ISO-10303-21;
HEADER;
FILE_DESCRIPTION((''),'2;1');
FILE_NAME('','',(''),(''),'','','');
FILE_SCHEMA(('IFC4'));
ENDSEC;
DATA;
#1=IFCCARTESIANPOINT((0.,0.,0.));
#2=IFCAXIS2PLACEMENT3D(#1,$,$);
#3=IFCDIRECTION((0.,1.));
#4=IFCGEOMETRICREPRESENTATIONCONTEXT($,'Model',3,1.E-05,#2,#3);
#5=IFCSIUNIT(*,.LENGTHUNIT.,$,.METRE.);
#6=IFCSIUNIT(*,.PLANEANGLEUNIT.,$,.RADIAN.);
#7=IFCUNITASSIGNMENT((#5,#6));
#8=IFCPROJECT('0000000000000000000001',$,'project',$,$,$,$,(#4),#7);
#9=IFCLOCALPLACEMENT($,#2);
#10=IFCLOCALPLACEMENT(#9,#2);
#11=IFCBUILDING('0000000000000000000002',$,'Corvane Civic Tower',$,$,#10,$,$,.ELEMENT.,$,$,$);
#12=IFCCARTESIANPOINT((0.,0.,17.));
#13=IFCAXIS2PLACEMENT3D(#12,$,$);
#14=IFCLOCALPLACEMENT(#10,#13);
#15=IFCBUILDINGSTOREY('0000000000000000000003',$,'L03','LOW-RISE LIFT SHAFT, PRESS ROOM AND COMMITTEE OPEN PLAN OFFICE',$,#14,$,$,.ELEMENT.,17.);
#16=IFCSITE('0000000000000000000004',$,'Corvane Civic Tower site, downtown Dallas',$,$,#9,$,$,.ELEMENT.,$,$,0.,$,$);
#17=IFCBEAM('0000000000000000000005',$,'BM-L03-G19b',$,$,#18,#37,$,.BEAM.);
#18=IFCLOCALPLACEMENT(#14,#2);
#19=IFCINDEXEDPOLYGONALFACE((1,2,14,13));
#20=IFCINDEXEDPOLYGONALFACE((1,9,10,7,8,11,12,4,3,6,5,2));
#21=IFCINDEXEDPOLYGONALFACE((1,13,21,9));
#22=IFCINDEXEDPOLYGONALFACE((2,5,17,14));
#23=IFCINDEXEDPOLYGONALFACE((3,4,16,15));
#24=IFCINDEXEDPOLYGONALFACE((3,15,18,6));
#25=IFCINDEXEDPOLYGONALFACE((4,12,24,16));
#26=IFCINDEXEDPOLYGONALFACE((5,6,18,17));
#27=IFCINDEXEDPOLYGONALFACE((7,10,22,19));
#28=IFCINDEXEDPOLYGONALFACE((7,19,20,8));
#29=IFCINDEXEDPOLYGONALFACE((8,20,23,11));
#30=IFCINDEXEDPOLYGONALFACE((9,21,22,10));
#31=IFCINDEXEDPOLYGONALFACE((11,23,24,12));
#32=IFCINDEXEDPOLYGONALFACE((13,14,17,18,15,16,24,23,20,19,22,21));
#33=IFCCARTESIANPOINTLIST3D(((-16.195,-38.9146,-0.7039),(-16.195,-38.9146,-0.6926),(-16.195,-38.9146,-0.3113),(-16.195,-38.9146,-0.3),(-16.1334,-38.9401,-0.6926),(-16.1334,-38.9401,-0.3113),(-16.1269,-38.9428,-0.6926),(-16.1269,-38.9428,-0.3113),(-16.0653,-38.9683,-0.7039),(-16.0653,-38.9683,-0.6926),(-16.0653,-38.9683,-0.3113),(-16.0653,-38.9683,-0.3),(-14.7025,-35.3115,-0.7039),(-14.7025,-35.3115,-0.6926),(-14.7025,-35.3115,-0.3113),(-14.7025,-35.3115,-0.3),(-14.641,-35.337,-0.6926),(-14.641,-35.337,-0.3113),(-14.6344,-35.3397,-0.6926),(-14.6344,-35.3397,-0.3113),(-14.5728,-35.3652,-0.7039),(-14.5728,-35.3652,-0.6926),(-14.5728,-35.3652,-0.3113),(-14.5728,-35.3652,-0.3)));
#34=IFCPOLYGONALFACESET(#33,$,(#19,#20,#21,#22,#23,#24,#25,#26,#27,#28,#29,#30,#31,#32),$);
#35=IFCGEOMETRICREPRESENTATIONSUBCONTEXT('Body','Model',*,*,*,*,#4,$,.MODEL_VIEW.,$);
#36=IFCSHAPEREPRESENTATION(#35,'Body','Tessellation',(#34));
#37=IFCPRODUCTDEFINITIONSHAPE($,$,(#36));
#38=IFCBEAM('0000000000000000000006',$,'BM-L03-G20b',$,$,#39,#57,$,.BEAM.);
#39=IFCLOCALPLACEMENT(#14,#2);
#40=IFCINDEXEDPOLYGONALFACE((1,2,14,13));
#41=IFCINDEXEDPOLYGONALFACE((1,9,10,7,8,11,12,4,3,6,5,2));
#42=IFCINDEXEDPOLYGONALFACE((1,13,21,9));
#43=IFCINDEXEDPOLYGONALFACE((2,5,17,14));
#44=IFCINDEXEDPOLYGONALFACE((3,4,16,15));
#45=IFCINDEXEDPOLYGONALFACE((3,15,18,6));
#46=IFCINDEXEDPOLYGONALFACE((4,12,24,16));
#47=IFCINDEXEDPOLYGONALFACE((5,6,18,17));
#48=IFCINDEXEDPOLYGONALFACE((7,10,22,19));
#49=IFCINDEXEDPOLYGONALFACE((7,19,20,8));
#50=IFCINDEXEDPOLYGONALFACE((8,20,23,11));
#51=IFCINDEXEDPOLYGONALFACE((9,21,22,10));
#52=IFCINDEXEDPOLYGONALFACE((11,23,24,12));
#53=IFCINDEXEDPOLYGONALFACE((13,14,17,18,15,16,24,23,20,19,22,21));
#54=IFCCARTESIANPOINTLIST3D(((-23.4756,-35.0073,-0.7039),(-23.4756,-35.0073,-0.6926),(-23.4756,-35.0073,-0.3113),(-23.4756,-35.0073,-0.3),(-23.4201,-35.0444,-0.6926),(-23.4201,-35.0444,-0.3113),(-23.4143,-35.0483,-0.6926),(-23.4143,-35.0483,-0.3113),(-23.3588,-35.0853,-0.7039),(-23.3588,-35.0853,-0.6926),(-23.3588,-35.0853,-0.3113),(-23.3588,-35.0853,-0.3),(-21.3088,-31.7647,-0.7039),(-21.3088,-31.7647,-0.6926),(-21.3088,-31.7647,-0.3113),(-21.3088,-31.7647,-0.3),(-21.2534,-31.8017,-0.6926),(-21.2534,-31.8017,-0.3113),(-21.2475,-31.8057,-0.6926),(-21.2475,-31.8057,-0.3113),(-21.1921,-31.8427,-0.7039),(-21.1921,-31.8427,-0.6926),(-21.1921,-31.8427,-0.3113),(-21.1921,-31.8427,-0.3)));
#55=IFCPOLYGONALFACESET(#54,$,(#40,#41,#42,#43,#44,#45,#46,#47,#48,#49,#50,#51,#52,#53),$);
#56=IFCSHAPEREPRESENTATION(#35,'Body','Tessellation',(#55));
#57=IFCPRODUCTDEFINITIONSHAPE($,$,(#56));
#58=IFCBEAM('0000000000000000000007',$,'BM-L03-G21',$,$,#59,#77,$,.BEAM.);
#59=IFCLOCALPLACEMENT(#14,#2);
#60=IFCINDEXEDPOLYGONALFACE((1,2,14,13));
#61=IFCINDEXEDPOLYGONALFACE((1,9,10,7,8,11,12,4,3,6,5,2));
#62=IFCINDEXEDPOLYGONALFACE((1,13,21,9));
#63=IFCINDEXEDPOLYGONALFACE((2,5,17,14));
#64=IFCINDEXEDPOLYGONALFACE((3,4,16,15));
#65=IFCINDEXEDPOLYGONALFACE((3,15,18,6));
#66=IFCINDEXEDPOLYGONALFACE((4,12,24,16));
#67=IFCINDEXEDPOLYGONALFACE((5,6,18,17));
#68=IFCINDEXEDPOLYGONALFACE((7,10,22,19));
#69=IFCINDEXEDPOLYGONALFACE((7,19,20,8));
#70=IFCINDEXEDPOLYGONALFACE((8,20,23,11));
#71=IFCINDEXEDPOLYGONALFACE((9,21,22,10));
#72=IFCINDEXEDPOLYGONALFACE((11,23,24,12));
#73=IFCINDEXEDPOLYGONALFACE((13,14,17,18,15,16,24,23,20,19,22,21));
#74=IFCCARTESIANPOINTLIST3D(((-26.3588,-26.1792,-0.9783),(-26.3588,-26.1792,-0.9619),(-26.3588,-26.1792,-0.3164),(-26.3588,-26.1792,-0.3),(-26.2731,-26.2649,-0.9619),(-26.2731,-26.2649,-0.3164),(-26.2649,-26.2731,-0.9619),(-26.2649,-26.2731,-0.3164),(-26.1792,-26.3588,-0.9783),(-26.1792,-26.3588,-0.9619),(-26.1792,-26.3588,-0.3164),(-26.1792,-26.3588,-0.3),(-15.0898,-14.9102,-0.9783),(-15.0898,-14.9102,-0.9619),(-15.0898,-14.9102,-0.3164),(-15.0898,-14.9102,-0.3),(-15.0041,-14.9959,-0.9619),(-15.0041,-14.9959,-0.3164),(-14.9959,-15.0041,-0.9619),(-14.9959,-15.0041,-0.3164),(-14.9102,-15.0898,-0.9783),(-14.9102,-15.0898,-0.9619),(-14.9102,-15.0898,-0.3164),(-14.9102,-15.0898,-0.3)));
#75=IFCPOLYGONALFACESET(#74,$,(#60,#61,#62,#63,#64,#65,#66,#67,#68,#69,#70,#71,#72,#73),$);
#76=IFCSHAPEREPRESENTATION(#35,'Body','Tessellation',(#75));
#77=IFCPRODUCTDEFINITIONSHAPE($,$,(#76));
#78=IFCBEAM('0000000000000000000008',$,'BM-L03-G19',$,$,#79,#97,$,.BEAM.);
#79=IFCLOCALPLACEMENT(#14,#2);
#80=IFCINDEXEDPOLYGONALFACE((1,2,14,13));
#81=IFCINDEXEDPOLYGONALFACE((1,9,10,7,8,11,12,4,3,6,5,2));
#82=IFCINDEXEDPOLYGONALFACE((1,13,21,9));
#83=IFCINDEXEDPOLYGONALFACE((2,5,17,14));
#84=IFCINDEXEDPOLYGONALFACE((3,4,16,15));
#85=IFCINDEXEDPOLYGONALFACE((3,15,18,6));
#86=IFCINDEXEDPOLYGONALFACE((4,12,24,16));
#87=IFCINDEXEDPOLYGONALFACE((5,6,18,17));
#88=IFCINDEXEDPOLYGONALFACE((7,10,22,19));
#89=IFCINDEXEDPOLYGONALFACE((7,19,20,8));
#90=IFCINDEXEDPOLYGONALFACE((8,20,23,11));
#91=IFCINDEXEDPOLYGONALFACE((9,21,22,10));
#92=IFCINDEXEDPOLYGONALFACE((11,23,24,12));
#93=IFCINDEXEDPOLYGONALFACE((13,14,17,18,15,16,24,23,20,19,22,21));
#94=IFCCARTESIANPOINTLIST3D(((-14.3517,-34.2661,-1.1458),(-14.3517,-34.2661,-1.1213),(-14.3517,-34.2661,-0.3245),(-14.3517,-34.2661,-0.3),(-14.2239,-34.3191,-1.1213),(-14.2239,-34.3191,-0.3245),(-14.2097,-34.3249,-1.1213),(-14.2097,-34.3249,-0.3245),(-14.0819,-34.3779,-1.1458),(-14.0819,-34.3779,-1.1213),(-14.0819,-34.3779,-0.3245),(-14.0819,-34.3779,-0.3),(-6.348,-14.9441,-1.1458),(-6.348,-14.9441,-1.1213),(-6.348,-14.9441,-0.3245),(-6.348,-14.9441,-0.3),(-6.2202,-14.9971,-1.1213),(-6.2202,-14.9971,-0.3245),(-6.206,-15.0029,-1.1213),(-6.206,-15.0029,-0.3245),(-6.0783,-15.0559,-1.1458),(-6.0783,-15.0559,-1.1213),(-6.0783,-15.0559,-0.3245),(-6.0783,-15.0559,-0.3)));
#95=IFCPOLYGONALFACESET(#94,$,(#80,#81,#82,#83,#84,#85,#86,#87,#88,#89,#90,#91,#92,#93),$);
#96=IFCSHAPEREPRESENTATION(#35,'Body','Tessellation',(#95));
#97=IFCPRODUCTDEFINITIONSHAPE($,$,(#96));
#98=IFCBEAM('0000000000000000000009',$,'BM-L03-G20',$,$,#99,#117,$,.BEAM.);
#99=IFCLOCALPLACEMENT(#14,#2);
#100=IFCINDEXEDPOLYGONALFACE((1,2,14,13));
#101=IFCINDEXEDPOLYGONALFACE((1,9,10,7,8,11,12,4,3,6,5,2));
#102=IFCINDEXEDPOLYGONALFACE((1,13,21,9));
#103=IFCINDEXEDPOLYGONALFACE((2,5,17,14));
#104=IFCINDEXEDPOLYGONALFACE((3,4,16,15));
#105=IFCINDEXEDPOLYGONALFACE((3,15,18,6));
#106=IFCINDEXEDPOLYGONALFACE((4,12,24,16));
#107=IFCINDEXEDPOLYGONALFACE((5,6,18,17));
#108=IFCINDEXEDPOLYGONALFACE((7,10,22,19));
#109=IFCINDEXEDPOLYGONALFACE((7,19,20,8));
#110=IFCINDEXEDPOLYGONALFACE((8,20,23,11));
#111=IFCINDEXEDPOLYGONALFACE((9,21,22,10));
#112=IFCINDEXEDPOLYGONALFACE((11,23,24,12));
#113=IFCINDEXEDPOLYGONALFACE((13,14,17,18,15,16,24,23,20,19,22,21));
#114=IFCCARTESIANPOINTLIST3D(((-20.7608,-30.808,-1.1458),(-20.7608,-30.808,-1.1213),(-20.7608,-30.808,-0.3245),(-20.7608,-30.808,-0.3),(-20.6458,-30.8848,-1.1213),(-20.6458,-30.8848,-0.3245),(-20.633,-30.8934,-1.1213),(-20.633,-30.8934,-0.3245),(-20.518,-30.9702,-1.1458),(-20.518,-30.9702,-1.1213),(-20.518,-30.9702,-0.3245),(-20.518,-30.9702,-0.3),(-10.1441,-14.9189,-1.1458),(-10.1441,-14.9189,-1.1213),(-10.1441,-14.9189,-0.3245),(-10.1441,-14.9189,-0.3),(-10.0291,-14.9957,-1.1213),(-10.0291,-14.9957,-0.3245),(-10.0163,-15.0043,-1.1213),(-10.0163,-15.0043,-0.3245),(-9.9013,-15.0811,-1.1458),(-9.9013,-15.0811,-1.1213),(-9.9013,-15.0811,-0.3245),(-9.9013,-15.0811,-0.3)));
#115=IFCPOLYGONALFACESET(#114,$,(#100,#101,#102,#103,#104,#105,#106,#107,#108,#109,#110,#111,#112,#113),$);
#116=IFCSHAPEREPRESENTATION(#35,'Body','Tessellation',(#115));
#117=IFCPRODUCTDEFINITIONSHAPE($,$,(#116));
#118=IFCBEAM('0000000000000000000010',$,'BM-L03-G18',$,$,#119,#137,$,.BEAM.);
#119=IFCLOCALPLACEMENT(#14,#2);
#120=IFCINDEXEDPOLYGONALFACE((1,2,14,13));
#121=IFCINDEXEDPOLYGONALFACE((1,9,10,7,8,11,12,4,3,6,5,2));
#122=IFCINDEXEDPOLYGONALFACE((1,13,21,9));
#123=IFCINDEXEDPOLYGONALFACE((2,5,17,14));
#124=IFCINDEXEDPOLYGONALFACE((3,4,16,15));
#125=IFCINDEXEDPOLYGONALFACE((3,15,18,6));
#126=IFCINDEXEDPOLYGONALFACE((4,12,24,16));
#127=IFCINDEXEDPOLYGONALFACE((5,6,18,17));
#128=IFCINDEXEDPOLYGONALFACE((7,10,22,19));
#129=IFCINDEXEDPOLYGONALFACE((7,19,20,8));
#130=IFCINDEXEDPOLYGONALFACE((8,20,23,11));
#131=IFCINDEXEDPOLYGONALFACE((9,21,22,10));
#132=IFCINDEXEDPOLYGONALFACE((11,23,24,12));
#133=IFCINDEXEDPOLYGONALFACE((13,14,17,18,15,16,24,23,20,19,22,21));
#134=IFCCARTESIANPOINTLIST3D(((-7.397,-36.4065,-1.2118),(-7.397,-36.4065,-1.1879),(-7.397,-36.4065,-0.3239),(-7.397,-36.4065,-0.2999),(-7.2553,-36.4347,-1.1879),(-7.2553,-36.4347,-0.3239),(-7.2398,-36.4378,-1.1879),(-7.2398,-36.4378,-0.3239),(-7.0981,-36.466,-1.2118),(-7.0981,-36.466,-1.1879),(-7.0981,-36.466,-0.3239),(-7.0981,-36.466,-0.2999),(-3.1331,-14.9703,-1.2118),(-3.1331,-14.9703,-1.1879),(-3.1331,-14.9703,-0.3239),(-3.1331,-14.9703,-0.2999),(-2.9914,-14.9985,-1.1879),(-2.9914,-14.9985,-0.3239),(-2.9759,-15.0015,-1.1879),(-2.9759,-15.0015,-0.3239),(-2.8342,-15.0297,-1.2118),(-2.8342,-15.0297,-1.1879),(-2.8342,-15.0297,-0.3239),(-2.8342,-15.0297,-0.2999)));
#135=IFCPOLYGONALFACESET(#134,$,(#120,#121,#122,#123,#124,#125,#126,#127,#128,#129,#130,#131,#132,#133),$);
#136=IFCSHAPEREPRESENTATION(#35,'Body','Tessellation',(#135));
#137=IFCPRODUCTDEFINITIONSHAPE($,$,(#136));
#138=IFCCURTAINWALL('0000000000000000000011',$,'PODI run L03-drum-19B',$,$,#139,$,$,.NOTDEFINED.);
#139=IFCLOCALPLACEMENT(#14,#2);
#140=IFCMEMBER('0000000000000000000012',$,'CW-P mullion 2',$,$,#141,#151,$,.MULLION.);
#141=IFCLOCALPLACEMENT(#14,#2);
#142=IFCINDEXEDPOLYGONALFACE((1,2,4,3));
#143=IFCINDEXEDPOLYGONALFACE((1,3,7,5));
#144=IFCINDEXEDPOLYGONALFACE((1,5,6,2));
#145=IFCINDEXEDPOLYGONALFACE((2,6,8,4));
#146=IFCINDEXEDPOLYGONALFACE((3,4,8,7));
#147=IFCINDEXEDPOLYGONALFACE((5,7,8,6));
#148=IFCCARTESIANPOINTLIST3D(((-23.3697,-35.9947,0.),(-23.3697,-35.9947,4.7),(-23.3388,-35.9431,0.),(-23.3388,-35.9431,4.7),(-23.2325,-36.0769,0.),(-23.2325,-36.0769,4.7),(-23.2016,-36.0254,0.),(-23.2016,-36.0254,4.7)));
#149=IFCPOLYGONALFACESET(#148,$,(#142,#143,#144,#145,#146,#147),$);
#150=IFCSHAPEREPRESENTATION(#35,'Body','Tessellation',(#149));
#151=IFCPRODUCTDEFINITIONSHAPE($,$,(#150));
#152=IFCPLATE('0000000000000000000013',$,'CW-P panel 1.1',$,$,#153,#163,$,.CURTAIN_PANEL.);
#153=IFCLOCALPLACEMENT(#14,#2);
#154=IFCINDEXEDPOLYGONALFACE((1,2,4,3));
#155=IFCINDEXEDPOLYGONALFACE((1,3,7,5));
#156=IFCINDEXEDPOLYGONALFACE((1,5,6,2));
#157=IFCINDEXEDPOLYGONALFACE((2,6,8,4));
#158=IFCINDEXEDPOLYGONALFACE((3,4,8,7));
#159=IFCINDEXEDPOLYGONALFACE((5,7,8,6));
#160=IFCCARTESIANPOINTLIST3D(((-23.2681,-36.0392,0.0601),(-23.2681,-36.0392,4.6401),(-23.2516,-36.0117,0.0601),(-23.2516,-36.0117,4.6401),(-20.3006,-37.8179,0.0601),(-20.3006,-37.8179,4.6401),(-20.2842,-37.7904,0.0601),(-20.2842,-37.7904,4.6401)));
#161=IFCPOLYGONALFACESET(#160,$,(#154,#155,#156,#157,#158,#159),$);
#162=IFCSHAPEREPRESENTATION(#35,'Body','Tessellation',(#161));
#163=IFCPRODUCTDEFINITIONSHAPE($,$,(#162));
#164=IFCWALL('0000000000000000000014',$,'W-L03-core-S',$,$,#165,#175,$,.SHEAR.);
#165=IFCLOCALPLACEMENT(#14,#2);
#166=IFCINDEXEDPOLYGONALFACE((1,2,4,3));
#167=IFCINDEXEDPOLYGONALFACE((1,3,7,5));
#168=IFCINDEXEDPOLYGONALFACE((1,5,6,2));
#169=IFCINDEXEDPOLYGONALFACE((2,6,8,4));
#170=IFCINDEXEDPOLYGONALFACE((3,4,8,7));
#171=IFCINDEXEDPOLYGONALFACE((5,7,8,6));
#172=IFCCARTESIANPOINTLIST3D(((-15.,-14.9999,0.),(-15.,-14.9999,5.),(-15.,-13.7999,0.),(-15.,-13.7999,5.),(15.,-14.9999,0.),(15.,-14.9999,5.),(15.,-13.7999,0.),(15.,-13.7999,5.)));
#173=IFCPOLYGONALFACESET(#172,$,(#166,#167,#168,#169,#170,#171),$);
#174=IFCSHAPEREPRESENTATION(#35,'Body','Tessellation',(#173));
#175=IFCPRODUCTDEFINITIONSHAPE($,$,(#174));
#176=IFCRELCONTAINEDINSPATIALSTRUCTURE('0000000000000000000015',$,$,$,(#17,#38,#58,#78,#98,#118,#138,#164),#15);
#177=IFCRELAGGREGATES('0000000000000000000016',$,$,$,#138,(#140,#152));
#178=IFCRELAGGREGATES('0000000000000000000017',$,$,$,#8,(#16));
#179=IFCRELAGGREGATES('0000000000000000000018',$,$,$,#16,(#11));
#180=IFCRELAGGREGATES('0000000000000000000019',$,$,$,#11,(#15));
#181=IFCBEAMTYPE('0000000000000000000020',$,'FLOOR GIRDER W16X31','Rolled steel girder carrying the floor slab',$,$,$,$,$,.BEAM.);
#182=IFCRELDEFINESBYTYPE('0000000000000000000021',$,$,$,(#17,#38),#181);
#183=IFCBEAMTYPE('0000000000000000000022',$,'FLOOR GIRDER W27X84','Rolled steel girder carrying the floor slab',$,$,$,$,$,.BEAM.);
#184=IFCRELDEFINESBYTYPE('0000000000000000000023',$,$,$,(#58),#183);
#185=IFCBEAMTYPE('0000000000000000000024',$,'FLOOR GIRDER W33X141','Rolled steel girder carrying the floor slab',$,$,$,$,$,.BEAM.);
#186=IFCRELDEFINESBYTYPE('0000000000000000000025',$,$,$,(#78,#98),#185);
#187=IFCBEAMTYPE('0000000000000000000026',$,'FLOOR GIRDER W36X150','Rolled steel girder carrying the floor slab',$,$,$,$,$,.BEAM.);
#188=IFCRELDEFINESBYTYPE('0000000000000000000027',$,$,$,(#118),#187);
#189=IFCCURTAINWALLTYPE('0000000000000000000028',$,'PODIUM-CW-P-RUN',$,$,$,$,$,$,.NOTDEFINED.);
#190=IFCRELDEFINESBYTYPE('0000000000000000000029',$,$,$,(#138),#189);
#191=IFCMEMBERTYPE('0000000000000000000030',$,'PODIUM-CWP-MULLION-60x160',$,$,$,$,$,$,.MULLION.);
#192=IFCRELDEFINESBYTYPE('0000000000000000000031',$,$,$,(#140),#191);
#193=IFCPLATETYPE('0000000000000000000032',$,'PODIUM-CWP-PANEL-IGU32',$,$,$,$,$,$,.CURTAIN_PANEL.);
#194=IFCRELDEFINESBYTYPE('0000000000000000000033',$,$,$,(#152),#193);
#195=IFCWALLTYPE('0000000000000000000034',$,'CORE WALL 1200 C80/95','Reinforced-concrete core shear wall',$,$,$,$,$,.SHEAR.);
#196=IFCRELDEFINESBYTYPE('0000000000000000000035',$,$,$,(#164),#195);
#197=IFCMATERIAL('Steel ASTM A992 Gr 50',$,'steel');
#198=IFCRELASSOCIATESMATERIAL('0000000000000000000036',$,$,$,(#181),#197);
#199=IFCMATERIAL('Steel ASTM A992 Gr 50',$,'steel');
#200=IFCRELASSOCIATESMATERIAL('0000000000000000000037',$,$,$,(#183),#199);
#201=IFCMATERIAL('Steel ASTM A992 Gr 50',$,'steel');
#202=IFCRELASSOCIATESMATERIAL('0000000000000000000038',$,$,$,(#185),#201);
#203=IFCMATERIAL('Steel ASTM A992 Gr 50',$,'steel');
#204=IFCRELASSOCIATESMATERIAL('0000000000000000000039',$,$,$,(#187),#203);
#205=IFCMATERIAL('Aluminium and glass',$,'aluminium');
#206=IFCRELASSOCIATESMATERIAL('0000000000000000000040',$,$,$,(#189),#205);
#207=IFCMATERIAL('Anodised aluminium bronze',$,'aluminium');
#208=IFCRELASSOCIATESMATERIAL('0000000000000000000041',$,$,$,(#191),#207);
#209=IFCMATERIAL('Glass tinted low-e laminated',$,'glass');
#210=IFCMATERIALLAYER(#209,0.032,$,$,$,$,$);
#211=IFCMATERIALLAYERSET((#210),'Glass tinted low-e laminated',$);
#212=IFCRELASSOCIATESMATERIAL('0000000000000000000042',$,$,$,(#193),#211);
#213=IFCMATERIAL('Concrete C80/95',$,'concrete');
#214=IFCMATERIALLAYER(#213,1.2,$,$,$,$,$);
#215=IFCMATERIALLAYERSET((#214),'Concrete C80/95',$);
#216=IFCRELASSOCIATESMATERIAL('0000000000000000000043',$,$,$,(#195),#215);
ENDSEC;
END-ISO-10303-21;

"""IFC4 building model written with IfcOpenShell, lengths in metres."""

from ifc_helpers import new_model, si_unit, direction, frame, frame_2d, origin, origin_2d, place, context, subcontext, project, spatial, rectangle, i_section, extrude, material, layer, layer_set, material_profile, profile_set, type_object, element, aggregate, save


model = new_model("IFC4")

# Units and contexts
model_context = context("Model", 3, precision=1e-05, world=origin(), true_north=direction((0.0, 1.0)))
body_context = subcontext(model_context, "Body", "Model", "MODEL_VIEW")
ifc_project = project(units=[si_unit("LENGTHUNIT", "METRE"), si_unit("PLANEANGLEUNIT", "RADIAN")], contexts=[model_context])

# Site, building, storey
site_placement = place(None, origin())
site = spatial("IfcSite", under=ifc_project, at=site_placement, Name="Corvane Civic Tower site, downtown Dallas", CompositionType="ELEMENT", RefElevation=0.0)
building_placement = place(site_placement, origin())
building = spatial("IfcBuilding", under=site, at=building_placement, Name="Corvane Civic Tower", CompositionType="ELEMENT")
storey_placement = place(building_placement, frame((0.0, 0.0, 17.0)))
storey = spatial("IfcBuildingStorey", under=building, at=storey_placement, Name="L03", Description="LOW-RISE LIFT SHAFT, PRESS ROOM AND COMMITTEE OPEN PLAN OFFICE", CompositionType="ELEMENT", Elevation=17.0)

# Beams
ifc_material_1 = material(Name="Steel ASTM A992 Gr 50", Category="steel")
ifc_material_profile_1 = material_profile(ifc_material_1, i_section(OverallWidth=0.1404, OverallDepth=0.4038, WebThickness=0.0071, FlangeThickness=0.0112, at=origin_2d()), Name="W16X31")
ifc_profile_set_1 = profile_set([ifc_material_profile_1], Name="Steel ASTM A992 Gr 50")
beam_type_1 = type_object("IfcBeamType", Name="FLOOR GIRDER W16X31", Description="Rolled steel girder carrying the floor slab", PredefinedType="BEAM", material=ifc_profile_set_1)
for number, where, z_axis, x_axis, name in (
    (1, (-14.6377, -35.3384, -0.502), (-0.382685, -0.923879, 0.0), (0.923879, -0.382685, 0.0), "BM-L03-G19b"),
    (2, (-21.2505, -31.8037, -0.502), (-0.555581, -0.831462, 0.0), (0.831462, -0.555581, 0.0), "BM-L03-G20b"),
):
    element("IfcBeam", number, at=place(storey_placement, frame(where, z_axis=z_axis, x_axis=x_axis)), inside=storey, type_object=beam_type_1, Name=name, PredefinedType="BEAM", context=body_context, shape_type="SweptSolid", body=[
        extrude(i_section(OverallWidth=0.1404, OverallDepth=0.4038, WebThickness=0.0071, FlangeThickness=0.0112, at=origin_2d()), origin(), (0.0, 0.0, 1.0), 3.8999),
    ])
ifc_material_2 = material(Name="Steel ASTM A992 Gr 50", Category="steel")
ifc_material_profile_2 = material_profile(ifc_material_2, i_section(OverallWidth=0.2539, OverallDepth=0.6782, WebThickness=0.0117, FlangeThickness=0.0164, at=origin_2d()), Name="W27X84")
ifc_profile_set_2 = profile_set([ifc_material_profile_2], Name="Steel ASTM A992 Gr 50")
beam_type_2 = type_object("IfcBeamType", Name="FLOOR GIRDER W27X84", Description="Rolled steel girder carrying the floor slab", PredefinedType="BEAM", material=ifc_profile_set_2)
beam_1_placement = place(storey_placement, frame((-15.0, -15.0, -0.6392), z_axis=(-0.707107, -0.707107, 0.0), x_axis=(0.707107, -0.707107, 0.0)))
element("IfcBeam", 3, at=beam_1_placement, inside=storey, type_object=beam_type_2, Name="BM-L03-G21", PredefinedType="BEAM", context=body_context, shape_type="SweptSolid", body=[
    extrude(i_section(OverallWidth=0.2539, OverallDepth=0.6782, WebThickness=0.0117, FlangeThickness=0.0164, at=origin_2d()), origin(), (0.0, 0.0, 1.0), 15.9368),
])
ifc_material_3 = material(Name="Steel ASTM A992 Gr 50", Category="steel")
ifc_material_profile_3 = material_profile(ifc_material_3, i_section(OverallWidth=0.292, OverallDepth=0.8457, WebThickness=0.0154, FlangeThickness=0.0244, at=origin_2d()), Name="W33X141")
ifc_profile_set_3 = profile_set([ifc_material_profile_3], Name="Steel ASTM A992 Gr 50")
beam_type_3 = type_object("IfcBeamType", Name="FLOOR GIRDER W33X141", Description="Rolled steel girder carrying the floor slab", PredefinedType="BEAM", material=ifc_profile_set_3)
beam_2_placement = place(storey_placement, frame((-6.2131, -15.0, -0.7229), z_axis=(-0.382692, -0.923876, 0.0), x_axis=(0.923876, -0.382692, 0.0)))
element("IfcBeam", 4, at=beam_2_placement, inside=storey, type_object=beam_type_3, Name="BM-L03-G19", PredefinedType="BEAM", context=body_context, shape_type="SweptSolid", body=[
    extrude(i_section(OverallWidth=0.292, OverallDepth=0.8457, WebThickness=0.0154, FlangeThickness=0.0244, at=origin_2d()), origin(), (0.0, 0.0, 1.0), 20.9141),
])
beam_3_placement = place(storey_placement, frame((-10.0227, -15.0, -0.7229), z_axis=(-0.555567, -0.831472, 0.0), x_axis=(0.831472, -0.555567, 0.0)))
element("IfcBeam", 5, at=beam_3_placement, inside=storey, type_object=beam_type_3, Name="BM-L03-G20", PredefinedType="BEAM", context=body_context, shape_type="SweptSolid", body=[
    extrude(i_section(OverallWidth=0.292, OverallDepth=0.8457, WebThickness=0.0154, FlangeThickness=0.0244, at=origin_2d()), origin(), (0.0, 0.0, 1.0), 19.1096),
])
ifc_material_4 = material(Name="Steel ASTM A992 Gr 50", Category="steel")
ifc_material_profile_4 = material_profile(ifc_material_4, i_section(OverallWidth=0.3047, OverallDepth=0.9119, WebThickness=0.0159, FlangeThickness=0.0239, at=origin_2d()), Name="W36X150")
ifc_profile_set_4 = profile_set([ifc_material_profile_4], Name="Steel ASTM A992 Gr 50")
beam_type_4 = type_object("IfcBeamType", Name="FLOOR GIRDER W36X150", Description="Rolled steel girder carrying the floor slab", PredefinedType="BEAM", material=ifc_profile_set_4)
beam_4_placement = place(storey_placement, frame((-2.9836, -15.0, -0.7559), z_axis=(-0.195089, -0.980785, 0.0), x_axis=(0.980785, -0.195089, 0.0)))
element("IfcBeam", 6, at=beam_4_placement, inside=storey, type_object=beam_type_4, Name="BM-L03-G18", PredefinedType="BEAM", context=body_context, shape_type="SweptSolid", body=[
    extrude(i_section(OverallWidth=0.3047, OverallDepth=0.9119, WebThickness=0.0159, FlangeThickness=0.0239, at=origin_2d()), origin(), (0.0, 0.0, 1.0), 21.8562),
])

# Curtain wall, member, plate
ifc_material_5 = material(Name="Aluminium and glass", Category="aluminium")
curtain_wall_type = type_object("IfcCurtainWallType", Name="PODIUM-CW-P-RUN", PredefinedType="NOTDEFINED", material=ifc_material_5)
curtain_wall_placement = place(storey_placement, origin())
curtain_wall = element("IfcCurtainWall", 7, at=curtain_wall_placement, inside=storey, type_object=curtain_wall_type, Name="PODI run L03-drum-19B", PredefinedType="NOTDEFINED")
ifc_material_6 = material(Name="Anodised aluminium bronze", Category="aluminium")
ifc_material_profile_5 = material_profile(ifc_material_6, rectangle(XDim=0.0601, YDim=0.1599, at=origin_2d()), Name="AL 60x160")
ifc_profile_set_5 = profile_set([ifc_material_profile_5], Name="Anodised aluminium bronze")
member_type = type_object("IfcMemberType", Name="PODIUM-CWP-MULLION-60x160", PredefinedType="MULLION", material=ifc_profile_set_5)
member_placement = place(storey_placement, frame((-23.2856, -36.01, 0.0), z_axis=(0.0, 0.0, 1.0), x_axis=(-0.514118, -0.85772, 0.0)))
member = element("IfcMember", 8, at=member_placement, type_object=member_type, Name="CW-P mullion 2", PredefinedType="MULLION", context=body_context, shape_type="SweptSolid", body=[
    extrude(rectangle(XDim=0.0601, YDim=0.1599, at=origin_2d()), origin(), (0.0, 0.0, 1.0), 4.7),
])
ifc_material_7 = material(Name="Glass tinted low-e laminated", Category="glass")
ifc_layer_1 = layer(ifc_material_7, 0.032)
ifc_layer_set_1 = layer_set([ifc_layer_1], Name="Glass tinted low-e laminated")
plate_type = type_object("IfcPlateType", Name="PODIUM-CWP-PANEL-IGU32", PredefinedType="CURTAIN_PANEL", material=ifc_layer_set_1)
plate_placement = place(storey_placement, frame((-21.7761, -36.9148, 0.0601), z_axis=(0.0, 0.0, 1.0), x_axis=(-0.85772, 0.514118, 0.0)))
plate = element("IfcPlate", 9, at=plate_placement, type_object=plate_type, Name="CW-P panel 1.1", PredefinedType="CURTAIN_PANEL", context=body_context, shape_type="SweptSolid", body=[
    extrude(rectangle(XDim=3.4597, YDim=0.032, at=origin_2d()), origin(), (0.0, 0.0, 1.0), 4.5801),
])
aggregate(curtain_wall, [member, plate])

# Wall
ifc_material_8 = material(Name="Concrete C80/95", Category="concrete")
ifc_layer_2 = layer(ifc_material_8, 1.2)
ifc_layer_set_2 = layer_set([ifc_layer_2], Name="Concrete C80/95")
wall_type_1 = type_object("IfcWallType", Name="CORE WALL 1200 C80/95", Description="Reinforced-concrete core shear wall", PredefinedType="SHEAR", material=ifc_layer_set_2)
wall_1_placement = place(storey_placement, frame((-15.0, -14.3999, 0.0), z_axis=(0.0, 0.0, 1.0), x_axis=(1.0, 0.0, 0.0)))
element("IfcWall", 10, at=wall_1_placement, inside=storey, type_object=wall_type_1, Name="W-L03-core-S", PredefinedType="SHEAR", context=body_context, shape_type="SweptSolid", body=[
    extrude(rectangle(XDim=30.0, YDim=1.2, at=frame_2d((15.0, 0.0))), origin(), (0.0, 0.0, 1.0), 5.0),
])

save(model, "model.ifc")
